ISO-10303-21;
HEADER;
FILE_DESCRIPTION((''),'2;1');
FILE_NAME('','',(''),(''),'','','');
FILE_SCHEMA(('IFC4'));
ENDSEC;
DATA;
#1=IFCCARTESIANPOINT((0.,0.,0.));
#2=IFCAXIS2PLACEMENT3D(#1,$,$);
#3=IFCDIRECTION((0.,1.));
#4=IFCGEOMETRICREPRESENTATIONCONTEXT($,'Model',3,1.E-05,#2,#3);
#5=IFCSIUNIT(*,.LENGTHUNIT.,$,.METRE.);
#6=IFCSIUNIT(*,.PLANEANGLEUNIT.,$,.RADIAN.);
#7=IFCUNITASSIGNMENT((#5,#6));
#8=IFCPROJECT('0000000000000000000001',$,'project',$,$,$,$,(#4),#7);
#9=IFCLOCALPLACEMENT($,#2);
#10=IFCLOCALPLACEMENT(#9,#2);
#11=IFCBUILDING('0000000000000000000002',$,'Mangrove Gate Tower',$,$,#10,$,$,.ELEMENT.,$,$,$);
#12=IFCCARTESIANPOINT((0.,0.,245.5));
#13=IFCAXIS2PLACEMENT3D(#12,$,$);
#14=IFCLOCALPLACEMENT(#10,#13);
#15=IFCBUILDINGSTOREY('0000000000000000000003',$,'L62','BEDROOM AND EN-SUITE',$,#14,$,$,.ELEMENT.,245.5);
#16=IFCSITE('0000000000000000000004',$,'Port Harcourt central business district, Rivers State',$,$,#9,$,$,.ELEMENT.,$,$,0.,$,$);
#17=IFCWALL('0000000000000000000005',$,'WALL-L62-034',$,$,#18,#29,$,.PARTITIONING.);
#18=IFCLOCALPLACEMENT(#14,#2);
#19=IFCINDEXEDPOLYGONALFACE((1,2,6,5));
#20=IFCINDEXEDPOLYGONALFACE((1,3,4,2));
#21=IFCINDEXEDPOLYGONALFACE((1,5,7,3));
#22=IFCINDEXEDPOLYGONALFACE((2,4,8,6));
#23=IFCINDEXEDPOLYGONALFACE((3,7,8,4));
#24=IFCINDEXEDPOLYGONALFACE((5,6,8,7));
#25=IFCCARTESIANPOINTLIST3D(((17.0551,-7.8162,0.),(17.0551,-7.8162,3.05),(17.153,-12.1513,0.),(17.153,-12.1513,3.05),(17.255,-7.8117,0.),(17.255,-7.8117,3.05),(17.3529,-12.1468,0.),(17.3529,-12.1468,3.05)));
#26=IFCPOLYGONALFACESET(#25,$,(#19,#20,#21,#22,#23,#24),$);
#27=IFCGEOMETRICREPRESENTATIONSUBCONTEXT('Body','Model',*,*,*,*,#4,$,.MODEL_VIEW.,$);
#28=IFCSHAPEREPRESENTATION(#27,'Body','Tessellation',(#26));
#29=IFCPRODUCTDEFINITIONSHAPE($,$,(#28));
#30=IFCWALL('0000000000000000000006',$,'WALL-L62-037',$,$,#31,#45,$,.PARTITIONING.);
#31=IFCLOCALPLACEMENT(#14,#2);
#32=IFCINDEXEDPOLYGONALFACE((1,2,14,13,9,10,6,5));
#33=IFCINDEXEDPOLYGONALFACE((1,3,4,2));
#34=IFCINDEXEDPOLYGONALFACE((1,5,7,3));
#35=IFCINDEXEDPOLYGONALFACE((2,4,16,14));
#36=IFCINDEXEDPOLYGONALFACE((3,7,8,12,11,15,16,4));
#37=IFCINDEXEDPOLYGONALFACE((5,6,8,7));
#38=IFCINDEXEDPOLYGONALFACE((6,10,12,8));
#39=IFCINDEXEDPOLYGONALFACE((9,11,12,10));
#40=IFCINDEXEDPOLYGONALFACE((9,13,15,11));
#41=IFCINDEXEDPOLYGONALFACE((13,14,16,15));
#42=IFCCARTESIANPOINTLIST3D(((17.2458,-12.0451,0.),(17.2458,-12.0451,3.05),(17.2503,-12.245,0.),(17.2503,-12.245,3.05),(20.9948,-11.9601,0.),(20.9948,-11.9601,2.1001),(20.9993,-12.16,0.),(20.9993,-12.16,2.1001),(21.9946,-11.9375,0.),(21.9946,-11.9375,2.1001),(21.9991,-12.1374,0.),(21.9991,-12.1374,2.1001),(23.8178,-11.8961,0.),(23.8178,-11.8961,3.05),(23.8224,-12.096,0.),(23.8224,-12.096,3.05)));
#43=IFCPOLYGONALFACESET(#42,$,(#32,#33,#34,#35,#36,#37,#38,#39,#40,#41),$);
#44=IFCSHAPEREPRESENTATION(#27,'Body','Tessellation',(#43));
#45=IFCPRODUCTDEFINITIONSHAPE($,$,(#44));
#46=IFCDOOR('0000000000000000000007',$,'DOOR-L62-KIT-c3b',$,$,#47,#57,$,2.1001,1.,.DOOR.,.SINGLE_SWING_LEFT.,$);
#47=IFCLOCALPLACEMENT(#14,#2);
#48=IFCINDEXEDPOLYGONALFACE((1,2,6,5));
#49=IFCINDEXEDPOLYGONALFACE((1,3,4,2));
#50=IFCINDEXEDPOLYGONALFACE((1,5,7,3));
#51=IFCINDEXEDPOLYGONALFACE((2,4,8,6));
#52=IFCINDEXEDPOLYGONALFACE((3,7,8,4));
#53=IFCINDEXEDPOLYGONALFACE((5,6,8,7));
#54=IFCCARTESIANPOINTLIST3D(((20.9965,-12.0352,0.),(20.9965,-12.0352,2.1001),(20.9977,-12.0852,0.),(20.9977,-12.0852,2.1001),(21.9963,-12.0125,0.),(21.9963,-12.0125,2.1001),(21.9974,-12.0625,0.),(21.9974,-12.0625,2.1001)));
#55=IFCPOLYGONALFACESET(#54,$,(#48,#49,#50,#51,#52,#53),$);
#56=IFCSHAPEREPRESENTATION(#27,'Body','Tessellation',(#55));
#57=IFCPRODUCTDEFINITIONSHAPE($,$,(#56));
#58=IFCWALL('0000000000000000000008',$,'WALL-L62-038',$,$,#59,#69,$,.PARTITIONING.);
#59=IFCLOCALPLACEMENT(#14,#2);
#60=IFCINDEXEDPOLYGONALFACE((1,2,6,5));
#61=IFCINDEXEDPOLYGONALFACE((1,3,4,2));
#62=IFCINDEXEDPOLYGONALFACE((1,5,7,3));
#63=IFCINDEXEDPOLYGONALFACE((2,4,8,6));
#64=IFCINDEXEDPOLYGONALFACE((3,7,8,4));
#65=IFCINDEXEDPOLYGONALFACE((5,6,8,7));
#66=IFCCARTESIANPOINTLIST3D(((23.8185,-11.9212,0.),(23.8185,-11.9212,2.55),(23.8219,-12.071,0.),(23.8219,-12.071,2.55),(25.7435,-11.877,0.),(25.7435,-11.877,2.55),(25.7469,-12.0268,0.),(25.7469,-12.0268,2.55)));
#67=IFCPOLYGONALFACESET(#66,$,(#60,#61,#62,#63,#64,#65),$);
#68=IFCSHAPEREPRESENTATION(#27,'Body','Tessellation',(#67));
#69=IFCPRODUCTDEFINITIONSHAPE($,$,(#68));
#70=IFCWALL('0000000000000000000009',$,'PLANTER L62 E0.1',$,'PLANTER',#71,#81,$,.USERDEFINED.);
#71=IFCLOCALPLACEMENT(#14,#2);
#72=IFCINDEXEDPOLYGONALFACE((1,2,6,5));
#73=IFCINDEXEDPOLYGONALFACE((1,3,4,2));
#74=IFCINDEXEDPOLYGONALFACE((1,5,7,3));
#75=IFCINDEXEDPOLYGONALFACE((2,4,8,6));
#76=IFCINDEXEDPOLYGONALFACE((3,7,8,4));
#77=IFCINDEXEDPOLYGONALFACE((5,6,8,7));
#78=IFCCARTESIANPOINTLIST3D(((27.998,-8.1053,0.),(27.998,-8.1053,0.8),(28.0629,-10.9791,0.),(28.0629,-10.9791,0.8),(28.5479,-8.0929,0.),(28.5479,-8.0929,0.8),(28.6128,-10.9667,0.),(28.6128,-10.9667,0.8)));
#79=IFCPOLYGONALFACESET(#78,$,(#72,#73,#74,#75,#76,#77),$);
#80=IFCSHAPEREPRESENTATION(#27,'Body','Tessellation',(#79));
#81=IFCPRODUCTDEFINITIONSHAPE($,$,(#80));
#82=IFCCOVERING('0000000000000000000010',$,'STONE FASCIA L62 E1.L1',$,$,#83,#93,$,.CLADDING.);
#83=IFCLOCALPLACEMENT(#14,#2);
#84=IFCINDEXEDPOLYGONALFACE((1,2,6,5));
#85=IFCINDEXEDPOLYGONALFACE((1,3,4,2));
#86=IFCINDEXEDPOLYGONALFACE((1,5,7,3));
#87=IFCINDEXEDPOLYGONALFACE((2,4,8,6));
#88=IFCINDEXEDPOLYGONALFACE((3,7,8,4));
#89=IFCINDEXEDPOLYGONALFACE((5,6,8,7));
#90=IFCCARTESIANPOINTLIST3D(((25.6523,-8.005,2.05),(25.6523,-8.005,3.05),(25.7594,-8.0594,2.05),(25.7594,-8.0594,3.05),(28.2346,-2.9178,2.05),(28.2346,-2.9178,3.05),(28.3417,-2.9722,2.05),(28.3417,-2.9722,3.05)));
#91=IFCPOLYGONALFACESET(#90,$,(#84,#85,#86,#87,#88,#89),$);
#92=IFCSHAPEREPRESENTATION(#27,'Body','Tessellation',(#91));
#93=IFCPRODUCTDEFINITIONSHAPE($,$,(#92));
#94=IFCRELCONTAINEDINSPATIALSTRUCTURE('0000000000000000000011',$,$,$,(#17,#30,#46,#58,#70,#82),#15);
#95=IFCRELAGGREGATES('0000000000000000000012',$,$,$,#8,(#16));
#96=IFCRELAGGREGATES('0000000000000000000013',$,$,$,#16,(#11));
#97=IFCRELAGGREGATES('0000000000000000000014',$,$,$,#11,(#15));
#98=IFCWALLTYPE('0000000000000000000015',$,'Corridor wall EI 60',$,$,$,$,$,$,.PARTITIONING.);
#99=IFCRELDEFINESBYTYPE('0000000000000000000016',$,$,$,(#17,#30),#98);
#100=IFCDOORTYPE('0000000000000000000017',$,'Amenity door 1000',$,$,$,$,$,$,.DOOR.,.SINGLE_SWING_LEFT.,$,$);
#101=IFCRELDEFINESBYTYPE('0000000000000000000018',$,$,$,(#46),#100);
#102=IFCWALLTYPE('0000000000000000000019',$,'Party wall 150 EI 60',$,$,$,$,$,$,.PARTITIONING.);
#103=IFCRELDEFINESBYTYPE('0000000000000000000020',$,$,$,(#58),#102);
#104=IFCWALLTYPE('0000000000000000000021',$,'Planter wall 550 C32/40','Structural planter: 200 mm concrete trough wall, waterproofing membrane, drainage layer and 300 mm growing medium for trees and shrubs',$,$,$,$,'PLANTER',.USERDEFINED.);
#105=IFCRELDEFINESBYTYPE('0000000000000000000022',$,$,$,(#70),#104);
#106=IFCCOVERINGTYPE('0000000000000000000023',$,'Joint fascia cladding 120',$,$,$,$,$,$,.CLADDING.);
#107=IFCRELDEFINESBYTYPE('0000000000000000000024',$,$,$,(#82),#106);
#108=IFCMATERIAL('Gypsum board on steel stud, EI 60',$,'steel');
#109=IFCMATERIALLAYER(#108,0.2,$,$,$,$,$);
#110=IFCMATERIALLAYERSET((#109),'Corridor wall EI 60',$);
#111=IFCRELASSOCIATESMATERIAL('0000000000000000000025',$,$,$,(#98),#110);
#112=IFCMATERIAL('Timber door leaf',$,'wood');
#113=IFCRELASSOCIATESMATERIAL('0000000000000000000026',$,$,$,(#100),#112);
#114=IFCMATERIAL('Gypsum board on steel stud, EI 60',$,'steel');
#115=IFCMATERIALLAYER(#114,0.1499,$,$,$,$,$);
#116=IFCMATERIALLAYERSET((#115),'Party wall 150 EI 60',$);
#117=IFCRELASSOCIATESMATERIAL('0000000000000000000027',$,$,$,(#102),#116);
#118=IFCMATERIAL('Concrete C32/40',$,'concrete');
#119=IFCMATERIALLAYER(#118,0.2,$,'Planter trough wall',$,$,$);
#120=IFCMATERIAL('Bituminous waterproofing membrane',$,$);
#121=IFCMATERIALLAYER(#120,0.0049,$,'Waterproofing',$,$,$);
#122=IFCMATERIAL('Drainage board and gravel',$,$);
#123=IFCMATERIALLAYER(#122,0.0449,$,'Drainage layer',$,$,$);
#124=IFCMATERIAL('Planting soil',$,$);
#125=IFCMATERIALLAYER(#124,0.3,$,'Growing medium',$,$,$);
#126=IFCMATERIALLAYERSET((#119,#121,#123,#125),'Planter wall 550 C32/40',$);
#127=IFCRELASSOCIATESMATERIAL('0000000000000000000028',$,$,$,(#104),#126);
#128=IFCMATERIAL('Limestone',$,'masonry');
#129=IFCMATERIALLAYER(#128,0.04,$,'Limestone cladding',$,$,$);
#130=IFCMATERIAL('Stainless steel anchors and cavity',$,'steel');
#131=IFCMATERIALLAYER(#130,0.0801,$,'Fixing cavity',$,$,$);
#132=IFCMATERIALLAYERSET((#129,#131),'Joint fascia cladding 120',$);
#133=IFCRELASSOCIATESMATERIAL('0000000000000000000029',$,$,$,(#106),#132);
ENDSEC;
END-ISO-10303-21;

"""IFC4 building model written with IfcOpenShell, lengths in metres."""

from ifc_helpers import new_model, si_unit, direction, frame, frame_2d, origin, place, context, subcontext, project, spatial, rectangle, extrude, material, layer, layer_set, type_object, element, fill, save


model = new_model("IFC4")

# Units and contexts
model_context = context("Model", 3, precision=1e-05, world=origin(), true_north=direction((0.0, 1.0)))
body_context = subcontext(model_context, "Body", "Model", "MODEL_VIEW")
ifc_project = project(units=[si_unit("LENGTHUNIT", "METRE"), si_unit("PLANEANGLEUNIT", "RADIAN")], contexts=[model_context])

# Site, building, storey
site_placement = place(None, origin())
site = spatial("IfcSite", under=ifc_project, at=site_placement, Name="Port Harcourt central business district, Rivers State", CompositionType="ELEMENT", RefElevation=0.0)
building_placement = place(site_placement, origin())
building = spatial("IfcBuilding", under=site, at=building_placement, Name="Mangrove Gate Tower", CompositionType="ELEMENT")
storey_placement = place(building_placement, frame((0.0, 0.0, 245.5)))
storey = spatial("IfcBuildingStorey", under=building, at=storey_placement, Name="L62", Description="BEDROOM AND EN-SUITE", CompositionType="ELEMENT", Elevation=245.5)

# Wall
ifc_material_1 = material(Name="Gypsum board on steel stud, EI 60", Category="steel")
ifc_layer_1 = layer(ifc_material_1, 0.2)
ifc_layer_set_1 = layer_set([ifc_layer_1], Name="Corridor wall EI 60")
wall_type_1 = type_object("IfcWallType", Name="Corridor wall EI 60", PredefinedType="PARTITIONING", material=ifc_layer_set_1)
wall_1_placement = place(storey_placement, frame((17.2529, -12.1489, 0.0), z_axis=(0.0, 0.0, 1.0), x_axis=(-0.022578, 0.999745, 0.0)))
element("IfcWall", 1, at=wall_1_placement, inside=storey, type_object=wall_type_1, Name="WALL-L62-034", PredefinedType="PARTITIONING", context=body_context, shape_type="SweptSolid", body=[
    extrude(rectangle(XDim=4.3362, YDim=0.2, at=frame_2d((2.168, 0.0))), origin(), (0.0, 0.0, 1.0), 3.05),
])

# Wall, opening, door
wall_2_placement = place(storey_placement, frame((17.248, -12.145, 0.0), z_axis=(0.0, 0.0, 1.0), x_axis=(0.999743, 0.022655, 0.0)))
wall_2 = element("IfcWall", 2, at=wall_2_placement, inside=storey, type_object=wall_type_1, Name="WALL-L62-037", PredefinedType="PARTITIONING", context=body_context, shape_type="SweptSolid", body=[
    extrude(rectangle(XDim=6.5737, YDim=0.2, at=frame_2d((3.2869, 0.0))), origin(), (0.0, 0.0, 1.0), 3.05),
])
opening_1_placement = place(wall_2_placement, frame((3.75, 0.0, 0.0)))
opening_1 = element("IfcOpeningElement", 3, at=opening_1_placement, cuts=wall_2, PredefinedType="OPENING", context=body_context, shape_type="SweptSolid", body=[
    extrude(rectangle(XDim=1.0, YDim=2.1001, at=frame_2d((0.5, 1.05))), frame((0.0, 0.1099, 0.0), z_axis=(0.0, -1.0, 0.0), x_axis=(1.0, 0.0, 0.0)), (0.0, 0.0, 1.0), 0.22),
])
ifc_material_2 = material(Name="Timber door leaf", Category="wood")
door_type_1 = type_object("IfcDoorType", Name="Amenity door 1000", OperationType="SINGLE_SWING_LEFT", PredefinedType="DOOR", material=ifc_material_2)
door_1_placement = place(opening_1_placement, origin())
door_1 = element("IfcDoor", 4, at=door_1_placement, inside=storey, type_object=door_type_1, Name="DOOR-L62-KIT-c3b", OperationType="SINGLE_SWING_LEFT", OverallHeight=2.1001, OverallWidth=1.0, PredefinedType="DOOR", context=body_context, shape_type="SweptSolid", body=[
    extrude(rectangle(XDim=1.0, YDim=2.1001, at=frame_2d((0.5, 1.05))), frame((0.0, 0.0249, 0.0), z_axis=(0.0, -1.0, 0.0), x_axis=(1.0, 0.0, 0.0)), (0.0, 0.0, 1.0), 0.05),
])
fill(opening_1, door_1)

# Walls
ifc_material_3 = material(Name="Gypsum board on steel stud, EI 60", Category="steel")
ifc_layer_2 = layer(ifc_material_3, 0.1499)
ifc_layer_set_2 = layer_set([ifc_layer_2], Name="Party wall 150 EI 60")
wall_type_2 = type_object("IfcWallType", Name="Party wall 150 EI 60", PredefinedType="PARTITIONING", material=ifc_layer_set_2)
wall_3_placement = place(storey_placement, frame((23.8201, -11.9961, 0.0), z_axis=(0.0, 0.0, 1.0), x_axis=(0.999737, 0.022949, 0.0)))
element("IfcWall", 5, at=wall_3_placement, inside=storey, type_object=wall_type_2, Name="WALL-L62-038", PredefinedType="PARTITIONING", context=body_context, shape_type="SweptSolid", body=[
    extrude(rectangle(XDim=1.9255, YDim=0.1499, at=frame_2d((0.9629, 0.0))), origin(), (0.0, 0.0, 1.0), 2.55),
])
ifc_material_4 = material(Name="Concrete C32/40", Category="concrete")
ifc_layer_3 = layer(ifc_material_4, 0.2, Name="Planter trough wall")
ifc_material_5 = material(Name="Bituminous waterproofing membrane")
ifc_layer_4 = layer(ifc_material_5, 0.0049, Name="Waterproofing")
ifc_material_6 = material(Name="Drainage board and gravel")
ifc_layer_5 = layer(ifc_material_6, 0.0449, Name="Drainage layer")
ifc_material_7 = material(Name="Planting soil")
ifc_layer_6 = layer(ifc_material_7, 0.3, Name="Growing medium")
ifc_layer_set_3 = layer_set([ifc_layer_3, ifc_layer_4, ifc_layer_5, ifc_layer_6], Name="Planter wall 550 C32/40")
wall_type_3 = type_object("IfcWallType", Name="Planter wall 550 C32/40", Description="Structural planter: 200 mm concrete trough wall, waterproofing membrane, drainage layer and 300 mm growing medium for trees and shrubs", ElementType="PLANTER", PredefinedType="USERDEFINED", material=ifc_layer_set_3)
wall_4_placement = place(storey_placement, frame((28.3379, -10.9729, 0.0), z_axis=(0.0, 0.0, 1.0), x_axis=(-0.022592, 0.999745, 0.0)))
element("IfcWall", 6, at=wall_4_placement, inside=storey, type_object=wall_type_3, Name="PLANTER L62 E0.1", ObjectType="PLANTER", PredefinedType="USERDEFINED", context=body_context, shape_type="SweptSolid", body=[
    extrude(rectangle(XDim=2.8745, YDim=0.55, at=frame_2d((1.4373, 0.0))), origin(), (0.0, 0.0, 1.0), 0.8),
])

# Covering
ifc_material_8 = material(Name="Limestone", Category="masonry")
ifc_layer_7 = layer(ifc_material_8, 0.04, Name="Limestone cladding")
ifc_material_9 = material(Name="Stainless steel anchors and cavity", Category="steel")
ifc_layer_8 = layer(ifc_material_9, 0.0801, Name="Fixing cavity")
ifc_layer_set_4 = layer_set([ifc_layer_7, ifc_layer_8], Name="Joint fascia cladding 120")
covering_type = type_object("IfcCoveringType", Name="Joint fascia cladding 120", PredefinedType="CLADDING", material=ifc_layer_set_4)
covering_placement = place(storey_placement, frame((25.7058, -8.0322, 2.05), z_axis=(0.0, 0.0, 1.0), x_axis=(0.452632, 0.891698, 0.0)))
element("IfcCovering", 7, at=covering_placement, inside=storey, type_object=covering_type, Name="STONE FASCIA L62 E1.L1", PredefinedType="CLADDING", context=body_context, shape_type="SweptSolid", body=[
    extrude(rectangle(XDim=5.7051, YDim=0.1201, at=frame_2d((2.8525, 0.0))), origin(), (0.0, 0.0, 1.0), 1.0),
])

save(model, "model.ifc")
